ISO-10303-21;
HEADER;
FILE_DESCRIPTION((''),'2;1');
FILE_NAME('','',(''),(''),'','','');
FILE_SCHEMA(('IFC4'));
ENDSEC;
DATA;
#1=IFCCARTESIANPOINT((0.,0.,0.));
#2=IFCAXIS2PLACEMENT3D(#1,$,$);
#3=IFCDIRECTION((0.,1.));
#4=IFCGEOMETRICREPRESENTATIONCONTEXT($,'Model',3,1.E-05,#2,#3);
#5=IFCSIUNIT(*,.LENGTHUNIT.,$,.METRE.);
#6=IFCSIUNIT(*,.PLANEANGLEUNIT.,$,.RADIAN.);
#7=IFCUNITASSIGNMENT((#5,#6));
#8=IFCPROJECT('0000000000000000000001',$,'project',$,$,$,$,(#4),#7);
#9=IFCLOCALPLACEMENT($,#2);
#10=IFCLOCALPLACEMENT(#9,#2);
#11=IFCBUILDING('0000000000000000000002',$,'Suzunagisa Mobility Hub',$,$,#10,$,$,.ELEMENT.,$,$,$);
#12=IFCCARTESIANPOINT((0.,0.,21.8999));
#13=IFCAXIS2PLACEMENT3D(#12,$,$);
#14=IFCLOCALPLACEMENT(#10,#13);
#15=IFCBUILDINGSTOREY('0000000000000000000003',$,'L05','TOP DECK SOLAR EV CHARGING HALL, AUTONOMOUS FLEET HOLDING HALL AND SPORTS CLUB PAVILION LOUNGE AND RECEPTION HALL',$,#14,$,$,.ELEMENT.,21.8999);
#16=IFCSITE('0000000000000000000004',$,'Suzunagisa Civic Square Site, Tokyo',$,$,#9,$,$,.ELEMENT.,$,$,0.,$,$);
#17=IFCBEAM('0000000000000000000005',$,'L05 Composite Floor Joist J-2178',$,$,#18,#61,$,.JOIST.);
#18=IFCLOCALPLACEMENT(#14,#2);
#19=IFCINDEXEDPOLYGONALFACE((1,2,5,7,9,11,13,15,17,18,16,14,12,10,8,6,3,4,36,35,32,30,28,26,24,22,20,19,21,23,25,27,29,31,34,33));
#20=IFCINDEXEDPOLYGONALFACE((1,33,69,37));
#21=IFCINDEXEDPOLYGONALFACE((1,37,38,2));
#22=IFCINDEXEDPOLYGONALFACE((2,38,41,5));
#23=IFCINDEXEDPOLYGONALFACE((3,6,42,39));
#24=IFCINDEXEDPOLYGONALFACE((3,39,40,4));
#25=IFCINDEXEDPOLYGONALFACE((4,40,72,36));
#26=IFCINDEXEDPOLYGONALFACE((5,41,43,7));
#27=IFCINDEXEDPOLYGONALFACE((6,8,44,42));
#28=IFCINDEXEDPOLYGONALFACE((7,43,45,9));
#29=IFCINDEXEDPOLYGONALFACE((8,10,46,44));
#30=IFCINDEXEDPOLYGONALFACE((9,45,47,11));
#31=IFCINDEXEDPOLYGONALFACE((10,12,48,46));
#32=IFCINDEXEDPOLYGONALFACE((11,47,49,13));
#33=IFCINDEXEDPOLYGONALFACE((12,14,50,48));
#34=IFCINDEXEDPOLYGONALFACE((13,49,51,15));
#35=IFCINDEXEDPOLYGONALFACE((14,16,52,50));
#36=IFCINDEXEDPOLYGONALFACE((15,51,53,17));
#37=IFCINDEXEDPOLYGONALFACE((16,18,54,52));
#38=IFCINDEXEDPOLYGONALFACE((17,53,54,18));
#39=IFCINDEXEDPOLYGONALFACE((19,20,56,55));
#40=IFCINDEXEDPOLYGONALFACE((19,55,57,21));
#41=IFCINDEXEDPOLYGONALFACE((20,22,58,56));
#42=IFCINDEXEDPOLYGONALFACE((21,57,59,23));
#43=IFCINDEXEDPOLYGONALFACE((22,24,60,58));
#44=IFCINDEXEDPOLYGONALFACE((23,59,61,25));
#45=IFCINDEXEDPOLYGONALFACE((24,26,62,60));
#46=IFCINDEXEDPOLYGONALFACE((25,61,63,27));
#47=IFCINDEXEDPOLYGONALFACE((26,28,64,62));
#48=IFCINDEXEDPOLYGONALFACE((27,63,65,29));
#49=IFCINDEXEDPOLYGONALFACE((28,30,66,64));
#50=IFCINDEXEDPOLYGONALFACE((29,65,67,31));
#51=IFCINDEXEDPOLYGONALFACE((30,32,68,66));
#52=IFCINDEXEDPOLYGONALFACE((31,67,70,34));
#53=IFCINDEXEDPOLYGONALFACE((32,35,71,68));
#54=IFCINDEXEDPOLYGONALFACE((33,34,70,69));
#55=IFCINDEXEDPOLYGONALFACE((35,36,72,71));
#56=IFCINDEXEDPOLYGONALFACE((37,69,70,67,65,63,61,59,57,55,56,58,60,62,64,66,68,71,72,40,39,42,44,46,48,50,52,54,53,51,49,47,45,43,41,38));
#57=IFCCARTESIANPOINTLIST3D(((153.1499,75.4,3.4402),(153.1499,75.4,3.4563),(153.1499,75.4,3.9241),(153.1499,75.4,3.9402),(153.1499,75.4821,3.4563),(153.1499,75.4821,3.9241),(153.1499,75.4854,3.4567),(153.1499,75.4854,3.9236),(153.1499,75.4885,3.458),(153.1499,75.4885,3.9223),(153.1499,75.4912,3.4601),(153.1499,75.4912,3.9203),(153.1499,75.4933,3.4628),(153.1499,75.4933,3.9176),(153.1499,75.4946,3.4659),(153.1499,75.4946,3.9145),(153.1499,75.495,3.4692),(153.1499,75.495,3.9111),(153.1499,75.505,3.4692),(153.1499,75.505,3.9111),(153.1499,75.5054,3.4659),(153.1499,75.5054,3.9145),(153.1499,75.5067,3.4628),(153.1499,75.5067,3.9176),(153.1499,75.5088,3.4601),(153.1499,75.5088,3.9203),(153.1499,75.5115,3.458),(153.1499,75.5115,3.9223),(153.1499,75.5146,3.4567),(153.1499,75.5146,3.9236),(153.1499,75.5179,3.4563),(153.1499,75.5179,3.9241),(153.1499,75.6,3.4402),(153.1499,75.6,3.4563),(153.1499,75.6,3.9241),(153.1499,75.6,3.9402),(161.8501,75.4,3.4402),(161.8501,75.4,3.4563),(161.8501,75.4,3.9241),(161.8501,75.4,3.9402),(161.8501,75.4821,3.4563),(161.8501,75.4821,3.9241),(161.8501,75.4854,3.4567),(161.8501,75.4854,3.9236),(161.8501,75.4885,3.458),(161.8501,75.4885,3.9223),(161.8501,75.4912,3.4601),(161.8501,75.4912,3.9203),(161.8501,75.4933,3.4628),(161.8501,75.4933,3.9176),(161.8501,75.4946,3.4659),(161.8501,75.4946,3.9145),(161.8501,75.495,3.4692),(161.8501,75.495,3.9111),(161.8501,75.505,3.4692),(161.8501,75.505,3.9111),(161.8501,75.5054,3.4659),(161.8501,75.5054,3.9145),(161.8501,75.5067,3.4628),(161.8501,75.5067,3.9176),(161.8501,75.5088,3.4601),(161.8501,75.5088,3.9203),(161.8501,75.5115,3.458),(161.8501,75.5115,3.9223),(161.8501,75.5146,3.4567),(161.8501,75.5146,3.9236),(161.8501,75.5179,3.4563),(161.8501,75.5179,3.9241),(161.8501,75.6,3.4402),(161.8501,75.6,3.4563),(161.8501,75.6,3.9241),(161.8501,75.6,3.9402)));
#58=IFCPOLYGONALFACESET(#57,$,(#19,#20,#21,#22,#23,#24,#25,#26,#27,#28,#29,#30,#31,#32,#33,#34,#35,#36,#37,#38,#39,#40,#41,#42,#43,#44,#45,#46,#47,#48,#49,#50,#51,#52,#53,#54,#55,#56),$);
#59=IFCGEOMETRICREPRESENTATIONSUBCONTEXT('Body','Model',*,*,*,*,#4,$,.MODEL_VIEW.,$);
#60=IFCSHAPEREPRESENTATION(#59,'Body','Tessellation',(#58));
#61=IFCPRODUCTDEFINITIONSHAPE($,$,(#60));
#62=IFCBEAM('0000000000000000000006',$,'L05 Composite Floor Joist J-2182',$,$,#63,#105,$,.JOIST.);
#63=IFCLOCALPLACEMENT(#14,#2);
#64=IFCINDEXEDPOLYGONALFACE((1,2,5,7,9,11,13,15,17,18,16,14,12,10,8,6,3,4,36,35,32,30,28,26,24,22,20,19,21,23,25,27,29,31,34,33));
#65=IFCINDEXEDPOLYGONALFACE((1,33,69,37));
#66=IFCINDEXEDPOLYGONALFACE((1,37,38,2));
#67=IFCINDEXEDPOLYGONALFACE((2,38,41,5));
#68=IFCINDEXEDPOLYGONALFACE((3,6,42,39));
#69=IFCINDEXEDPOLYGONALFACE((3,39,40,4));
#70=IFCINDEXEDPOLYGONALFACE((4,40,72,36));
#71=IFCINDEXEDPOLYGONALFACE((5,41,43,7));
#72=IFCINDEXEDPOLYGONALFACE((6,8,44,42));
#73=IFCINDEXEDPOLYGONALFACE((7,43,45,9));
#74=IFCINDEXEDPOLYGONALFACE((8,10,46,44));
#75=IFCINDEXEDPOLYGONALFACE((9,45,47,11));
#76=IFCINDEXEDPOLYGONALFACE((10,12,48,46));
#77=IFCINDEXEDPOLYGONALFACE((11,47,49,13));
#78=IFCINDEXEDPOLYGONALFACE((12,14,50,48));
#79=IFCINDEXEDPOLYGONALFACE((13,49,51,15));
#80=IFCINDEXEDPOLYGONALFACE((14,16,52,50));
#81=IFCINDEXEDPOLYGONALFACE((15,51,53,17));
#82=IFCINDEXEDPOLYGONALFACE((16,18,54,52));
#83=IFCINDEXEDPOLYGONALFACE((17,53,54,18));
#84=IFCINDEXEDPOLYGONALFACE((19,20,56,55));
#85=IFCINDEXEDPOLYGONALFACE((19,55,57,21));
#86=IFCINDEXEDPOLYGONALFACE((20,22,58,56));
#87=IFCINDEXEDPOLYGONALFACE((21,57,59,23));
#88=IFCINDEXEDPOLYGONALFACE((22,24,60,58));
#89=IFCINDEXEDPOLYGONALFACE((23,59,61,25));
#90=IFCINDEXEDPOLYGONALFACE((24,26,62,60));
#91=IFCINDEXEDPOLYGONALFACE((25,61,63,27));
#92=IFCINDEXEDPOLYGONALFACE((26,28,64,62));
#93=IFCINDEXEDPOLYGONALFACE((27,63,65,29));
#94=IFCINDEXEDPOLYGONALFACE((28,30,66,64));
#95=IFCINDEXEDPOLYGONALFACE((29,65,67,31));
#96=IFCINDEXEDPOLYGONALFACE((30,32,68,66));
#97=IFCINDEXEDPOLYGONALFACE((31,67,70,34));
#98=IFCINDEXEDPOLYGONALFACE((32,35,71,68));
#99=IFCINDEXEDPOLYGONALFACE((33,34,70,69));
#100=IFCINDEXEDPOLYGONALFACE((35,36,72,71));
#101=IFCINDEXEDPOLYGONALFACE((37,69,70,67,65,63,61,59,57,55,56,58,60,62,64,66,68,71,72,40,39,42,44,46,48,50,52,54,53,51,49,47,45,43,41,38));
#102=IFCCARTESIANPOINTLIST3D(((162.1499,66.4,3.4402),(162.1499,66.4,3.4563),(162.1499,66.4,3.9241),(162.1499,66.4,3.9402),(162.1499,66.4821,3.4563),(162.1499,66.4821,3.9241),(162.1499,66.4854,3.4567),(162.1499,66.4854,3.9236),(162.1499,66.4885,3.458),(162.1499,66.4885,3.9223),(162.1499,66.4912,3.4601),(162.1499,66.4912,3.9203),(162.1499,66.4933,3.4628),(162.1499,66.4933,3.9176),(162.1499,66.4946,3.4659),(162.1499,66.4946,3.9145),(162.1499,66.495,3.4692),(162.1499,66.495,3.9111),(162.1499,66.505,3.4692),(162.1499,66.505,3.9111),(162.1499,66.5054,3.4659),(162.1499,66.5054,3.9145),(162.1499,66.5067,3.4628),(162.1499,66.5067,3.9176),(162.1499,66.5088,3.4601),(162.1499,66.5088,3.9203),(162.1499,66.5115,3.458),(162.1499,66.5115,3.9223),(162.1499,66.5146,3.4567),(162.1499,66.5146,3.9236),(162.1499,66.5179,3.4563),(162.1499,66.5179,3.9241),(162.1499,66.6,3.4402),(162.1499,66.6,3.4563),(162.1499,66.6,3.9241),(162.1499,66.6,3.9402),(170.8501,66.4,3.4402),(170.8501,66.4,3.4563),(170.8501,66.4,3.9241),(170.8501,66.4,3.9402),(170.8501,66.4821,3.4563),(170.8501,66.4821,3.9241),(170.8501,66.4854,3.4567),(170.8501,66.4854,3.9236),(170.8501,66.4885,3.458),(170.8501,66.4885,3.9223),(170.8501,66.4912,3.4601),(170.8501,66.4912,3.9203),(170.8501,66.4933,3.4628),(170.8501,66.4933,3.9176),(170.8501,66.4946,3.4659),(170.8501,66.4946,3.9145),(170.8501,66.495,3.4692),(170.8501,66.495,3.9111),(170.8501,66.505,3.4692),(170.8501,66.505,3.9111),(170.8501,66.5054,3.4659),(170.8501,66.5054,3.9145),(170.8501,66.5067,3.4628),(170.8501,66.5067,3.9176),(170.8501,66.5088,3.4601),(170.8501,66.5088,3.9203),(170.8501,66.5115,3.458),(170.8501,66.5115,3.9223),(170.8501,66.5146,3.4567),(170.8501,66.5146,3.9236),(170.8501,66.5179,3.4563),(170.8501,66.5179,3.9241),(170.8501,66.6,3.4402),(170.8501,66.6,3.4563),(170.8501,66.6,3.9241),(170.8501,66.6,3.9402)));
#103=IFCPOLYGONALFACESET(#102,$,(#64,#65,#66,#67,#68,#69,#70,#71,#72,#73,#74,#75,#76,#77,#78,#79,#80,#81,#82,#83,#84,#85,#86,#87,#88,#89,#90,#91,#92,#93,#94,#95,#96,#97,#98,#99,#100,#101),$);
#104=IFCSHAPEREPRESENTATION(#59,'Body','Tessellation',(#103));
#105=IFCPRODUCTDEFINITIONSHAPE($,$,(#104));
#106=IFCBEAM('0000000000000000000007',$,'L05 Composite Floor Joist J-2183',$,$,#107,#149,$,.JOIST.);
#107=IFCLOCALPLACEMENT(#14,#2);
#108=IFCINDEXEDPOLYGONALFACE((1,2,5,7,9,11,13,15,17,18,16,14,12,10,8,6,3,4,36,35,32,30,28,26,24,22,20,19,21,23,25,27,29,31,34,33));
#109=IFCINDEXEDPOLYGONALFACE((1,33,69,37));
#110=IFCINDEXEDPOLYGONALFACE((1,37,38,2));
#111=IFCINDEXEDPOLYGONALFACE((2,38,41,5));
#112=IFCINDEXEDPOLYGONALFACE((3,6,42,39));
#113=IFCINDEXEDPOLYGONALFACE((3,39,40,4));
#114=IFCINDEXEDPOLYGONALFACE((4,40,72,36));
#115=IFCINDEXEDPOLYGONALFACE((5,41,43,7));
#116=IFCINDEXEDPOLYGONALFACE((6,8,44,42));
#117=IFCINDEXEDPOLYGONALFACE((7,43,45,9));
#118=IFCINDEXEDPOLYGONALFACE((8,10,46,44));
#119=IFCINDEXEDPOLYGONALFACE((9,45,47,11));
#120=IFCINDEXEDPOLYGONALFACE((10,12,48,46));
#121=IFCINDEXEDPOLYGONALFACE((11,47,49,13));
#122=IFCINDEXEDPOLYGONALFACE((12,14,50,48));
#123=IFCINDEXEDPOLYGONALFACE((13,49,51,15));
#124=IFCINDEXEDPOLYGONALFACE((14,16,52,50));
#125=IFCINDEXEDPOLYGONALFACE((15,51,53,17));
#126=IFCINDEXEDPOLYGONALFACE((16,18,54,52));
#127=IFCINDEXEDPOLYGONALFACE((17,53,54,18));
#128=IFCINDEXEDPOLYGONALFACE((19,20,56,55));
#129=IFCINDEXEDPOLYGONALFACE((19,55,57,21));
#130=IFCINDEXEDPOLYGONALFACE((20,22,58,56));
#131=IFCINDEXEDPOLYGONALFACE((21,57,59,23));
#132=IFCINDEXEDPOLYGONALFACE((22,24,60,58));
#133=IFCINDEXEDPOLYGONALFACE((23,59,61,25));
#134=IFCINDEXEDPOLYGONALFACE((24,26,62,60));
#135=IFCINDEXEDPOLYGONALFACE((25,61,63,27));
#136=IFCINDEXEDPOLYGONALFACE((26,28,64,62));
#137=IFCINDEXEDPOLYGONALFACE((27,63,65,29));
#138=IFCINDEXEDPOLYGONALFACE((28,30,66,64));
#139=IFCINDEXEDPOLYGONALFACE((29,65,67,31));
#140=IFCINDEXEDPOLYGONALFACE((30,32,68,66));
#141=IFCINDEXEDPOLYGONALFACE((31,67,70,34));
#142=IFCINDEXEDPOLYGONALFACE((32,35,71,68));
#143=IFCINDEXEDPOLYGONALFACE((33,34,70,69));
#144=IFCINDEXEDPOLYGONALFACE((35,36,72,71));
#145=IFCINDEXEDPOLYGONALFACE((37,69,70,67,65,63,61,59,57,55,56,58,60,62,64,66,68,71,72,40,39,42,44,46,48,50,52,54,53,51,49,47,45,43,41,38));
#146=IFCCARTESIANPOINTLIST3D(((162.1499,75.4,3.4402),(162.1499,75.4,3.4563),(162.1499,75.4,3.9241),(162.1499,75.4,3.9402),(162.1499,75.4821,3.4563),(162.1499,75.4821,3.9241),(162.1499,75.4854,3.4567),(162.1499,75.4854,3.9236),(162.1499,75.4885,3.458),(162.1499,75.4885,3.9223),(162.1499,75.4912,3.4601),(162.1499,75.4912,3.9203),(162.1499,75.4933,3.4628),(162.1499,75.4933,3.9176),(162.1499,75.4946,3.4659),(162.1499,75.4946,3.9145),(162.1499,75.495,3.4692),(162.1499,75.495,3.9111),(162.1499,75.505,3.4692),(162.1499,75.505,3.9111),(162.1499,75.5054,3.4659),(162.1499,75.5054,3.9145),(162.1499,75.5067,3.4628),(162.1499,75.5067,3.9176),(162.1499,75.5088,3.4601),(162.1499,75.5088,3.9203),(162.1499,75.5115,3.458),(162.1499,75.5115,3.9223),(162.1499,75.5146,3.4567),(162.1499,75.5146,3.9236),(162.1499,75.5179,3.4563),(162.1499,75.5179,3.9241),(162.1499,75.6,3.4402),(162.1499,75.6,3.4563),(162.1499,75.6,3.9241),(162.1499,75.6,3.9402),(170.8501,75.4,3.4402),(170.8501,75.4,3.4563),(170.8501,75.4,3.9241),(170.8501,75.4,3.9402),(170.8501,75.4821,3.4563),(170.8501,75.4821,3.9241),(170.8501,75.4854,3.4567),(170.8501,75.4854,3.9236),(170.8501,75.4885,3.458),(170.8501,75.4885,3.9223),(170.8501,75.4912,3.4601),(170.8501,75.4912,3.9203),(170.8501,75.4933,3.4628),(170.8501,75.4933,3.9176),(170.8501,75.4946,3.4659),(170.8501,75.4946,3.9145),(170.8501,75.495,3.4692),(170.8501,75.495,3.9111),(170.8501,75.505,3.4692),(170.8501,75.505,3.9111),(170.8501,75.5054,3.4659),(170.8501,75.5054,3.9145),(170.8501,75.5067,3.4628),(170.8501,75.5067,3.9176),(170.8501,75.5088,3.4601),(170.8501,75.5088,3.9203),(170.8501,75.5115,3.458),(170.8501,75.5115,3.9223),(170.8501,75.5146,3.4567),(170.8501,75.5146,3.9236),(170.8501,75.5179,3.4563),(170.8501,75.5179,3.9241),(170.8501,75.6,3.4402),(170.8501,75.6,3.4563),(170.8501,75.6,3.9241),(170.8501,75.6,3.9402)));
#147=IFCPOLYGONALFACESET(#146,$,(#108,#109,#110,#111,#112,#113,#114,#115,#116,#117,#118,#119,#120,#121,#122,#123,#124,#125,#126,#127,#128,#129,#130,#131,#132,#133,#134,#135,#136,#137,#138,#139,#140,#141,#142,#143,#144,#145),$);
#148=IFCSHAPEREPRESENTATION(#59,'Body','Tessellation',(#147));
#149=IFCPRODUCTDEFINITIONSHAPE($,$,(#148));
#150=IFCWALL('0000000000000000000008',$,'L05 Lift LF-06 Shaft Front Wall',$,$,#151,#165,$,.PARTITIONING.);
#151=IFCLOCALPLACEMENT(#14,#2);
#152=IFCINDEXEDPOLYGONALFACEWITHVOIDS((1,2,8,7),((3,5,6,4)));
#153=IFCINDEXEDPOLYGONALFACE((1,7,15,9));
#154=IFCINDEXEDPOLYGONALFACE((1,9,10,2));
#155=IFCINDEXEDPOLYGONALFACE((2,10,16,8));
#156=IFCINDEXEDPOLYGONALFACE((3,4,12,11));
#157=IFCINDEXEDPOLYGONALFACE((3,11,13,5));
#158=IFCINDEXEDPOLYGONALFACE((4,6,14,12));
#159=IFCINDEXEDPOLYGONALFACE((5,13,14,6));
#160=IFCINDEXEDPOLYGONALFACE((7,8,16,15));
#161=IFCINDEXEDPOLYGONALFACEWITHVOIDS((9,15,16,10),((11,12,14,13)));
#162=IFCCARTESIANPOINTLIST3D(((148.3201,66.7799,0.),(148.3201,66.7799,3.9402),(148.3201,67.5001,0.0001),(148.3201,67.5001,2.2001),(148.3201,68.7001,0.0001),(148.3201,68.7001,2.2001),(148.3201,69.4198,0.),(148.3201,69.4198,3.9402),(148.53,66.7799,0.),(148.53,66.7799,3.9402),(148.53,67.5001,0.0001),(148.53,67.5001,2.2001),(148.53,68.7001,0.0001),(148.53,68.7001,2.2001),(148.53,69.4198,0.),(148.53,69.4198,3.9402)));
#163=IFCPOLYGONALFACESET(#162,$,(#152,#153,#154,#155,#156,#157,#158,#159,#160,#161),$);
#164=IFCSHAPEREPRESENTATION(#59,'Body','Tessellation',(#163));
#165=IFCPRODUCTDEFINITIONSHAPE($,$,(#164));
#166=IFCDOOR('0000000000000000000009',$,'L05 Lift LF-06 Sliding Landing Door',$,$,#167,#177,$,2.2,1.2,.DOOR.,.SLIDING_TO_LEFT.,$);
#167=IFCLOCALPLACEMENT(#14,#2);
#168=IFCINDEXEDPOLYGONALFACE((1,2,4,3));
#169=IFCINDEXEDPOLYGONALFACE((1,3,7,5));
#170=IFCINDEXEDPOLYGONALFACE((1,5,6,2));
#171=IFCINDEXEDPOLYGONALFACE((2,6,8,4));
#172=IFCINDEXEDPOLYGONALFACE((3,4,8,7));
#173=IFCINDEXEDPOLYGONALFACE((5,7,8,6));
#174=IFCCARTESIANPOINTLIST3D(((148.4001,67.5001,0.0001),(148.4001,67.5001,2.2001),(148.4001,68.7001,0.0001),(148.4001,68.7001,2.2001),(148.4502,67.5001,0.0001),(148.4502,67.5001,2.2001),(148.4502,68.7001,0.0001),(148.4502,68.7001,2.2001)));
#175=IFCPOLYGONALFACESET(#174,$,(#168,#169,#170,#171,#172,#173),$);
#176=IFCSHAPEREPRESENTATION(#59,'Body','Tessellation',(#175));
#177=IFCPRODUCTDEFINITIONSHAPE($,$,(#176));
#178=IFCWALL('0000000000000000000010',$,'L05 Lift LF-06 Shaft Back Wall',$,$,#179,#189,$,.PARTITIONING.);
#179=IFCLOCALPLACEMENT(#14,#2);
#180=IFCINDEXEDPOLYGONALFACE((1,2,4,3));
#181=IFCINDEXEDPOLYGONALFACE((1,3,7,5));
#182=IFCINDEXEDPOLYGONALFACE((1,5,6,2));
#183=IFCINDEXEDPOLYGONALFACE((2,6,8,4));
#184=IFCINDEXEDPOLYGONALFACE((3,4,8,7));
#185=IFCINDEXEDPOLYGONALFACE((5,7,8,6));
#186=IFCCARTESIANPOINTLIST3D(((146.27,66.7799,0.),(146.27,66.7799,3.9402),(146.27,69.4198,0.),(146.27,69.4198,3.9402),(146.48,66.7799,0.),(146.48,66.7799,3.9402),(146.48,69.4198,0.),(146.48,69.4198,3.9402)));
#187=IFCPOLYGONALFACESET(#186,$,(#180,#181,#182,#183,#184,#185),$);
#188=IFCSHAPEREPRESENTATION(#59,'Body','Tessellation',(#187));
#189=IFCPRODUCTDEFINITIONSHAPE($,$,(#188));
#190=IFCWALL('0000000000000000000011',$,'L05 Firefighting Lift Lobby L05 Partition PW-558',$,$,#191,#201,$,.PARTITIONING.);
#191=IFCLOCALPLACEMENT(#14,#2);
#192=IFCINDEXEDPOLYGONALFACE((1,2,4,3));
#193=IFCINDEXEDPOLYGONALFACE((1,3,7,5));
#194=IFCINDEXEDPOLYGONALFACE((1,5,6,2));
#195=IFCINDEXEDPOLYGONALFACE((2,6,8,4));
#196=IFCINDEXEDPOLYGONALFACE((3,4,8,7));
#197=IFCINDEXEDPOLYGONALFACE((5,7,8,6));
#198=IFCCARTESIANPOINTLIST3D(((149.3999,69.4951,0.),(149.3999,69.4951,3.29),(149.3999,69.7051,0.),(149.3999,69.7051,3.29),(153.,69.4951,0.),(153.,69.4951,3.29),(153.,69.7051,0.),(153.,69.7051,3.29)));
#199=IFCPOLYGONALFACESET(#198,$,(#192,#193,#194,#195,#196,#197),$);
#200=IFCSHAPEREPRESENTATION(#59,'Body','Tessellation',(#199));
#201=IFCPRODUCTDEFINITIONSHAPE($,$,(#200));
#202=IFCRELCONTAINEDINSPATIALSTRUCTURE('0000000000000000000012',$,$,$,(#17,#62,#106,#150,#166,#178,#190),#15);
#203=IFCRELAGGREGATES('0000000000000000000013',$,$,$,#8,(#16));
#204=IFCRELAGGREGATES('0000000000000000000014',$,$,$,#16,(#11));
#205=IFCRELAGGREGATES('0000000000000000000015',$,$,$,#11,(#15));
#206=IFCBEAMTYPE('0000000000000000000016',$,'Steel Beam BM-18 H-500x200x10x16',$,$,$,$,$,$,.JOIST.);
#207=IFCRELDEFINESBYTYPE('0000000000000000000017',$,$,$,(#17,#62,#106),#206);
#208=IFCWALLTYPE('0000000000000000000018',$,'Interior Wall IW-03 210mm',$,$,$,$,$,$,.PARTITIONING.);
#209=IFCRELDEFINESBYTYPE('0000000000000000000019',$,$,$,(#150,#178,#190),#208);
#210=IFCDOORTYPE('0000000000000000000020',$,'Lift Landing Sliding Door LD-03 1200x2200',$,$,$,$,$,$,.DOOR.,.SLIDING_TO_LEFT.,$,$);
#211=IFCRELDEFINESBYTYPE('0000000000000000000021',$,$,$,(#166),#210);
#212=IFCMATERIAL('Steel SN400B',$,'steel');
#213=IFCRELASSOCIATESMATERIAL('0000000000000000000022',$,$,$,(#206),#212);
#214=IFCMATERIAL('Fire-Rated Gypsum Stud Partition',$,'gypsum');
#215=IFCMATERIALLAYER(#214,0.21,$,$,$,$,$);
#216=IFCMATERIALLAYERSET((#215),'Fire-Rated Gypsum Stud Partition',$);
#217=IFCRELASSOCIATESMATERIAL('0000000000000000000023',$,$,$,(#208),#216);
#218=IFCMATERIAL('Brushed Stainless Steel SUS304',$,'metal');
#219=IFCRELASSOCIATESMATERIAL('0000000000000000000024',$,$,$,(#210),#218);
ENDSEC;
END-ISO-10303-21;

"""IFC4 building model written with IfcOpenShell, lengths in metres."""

from ifc_helpers import new_model, si_unit, direction, frame, frame_2d, origin, origin_2d, place, context, subcontext, project, spatial, rectangle, i_section, extrude, material, layer, layer_set, material_profile, profile_set, type_object, element, fill, save


model = new_model("IFC4")

# Units and contexts
model_context = context("Model", 3, precision=1e-05, world=origin(), true_north=direction((0.0, 1.0)))
body_context = subcontext(model_context, "Body", "Model", "MODEL_VIEW")
ifc_project = project(units=[si_unit("LENGTHUNIT", "METRE"), si_unit("PLANEANGLEUNIT", "RADIAN")], contexts=[model_context])

# Site, building, storey
site_placement = place(None, origin())
site = spatial("IfcSite", under=ifc_project, at=site_placement, Name="Suzunagisa Civic Square Site, Tokyo", CompositionType="ELEMENT", RefElevation=0.0)
building_placement = place(site_placement, origin())
building = spatial("IfcBuilding", under=site, at=building_placement, Name="Suzunagisa Mobility Hub", CompositionType="ELEMENT")
storey_placement = place(building_placement, frame((0.0, 0.0, 21.8999)))
storey = spatial("IfcBuildingStorey", under=building, at=storey_placement, Name="L05", Description="TOP DECK SOLAR EV CHARGING HALL, AUTONOMOUS FLEET HOLDING HALL AND SPORTS CLUB PAVILION LOUNGE AND RECEPTION HALL", CompositionType="ELEMENT", Elevation=21.8999)

# Beams
ifc_material_1 = material(Name="Steel SN400B", Category="steel")
ifc_material_profile_1 = material_profile(ifc_material_1, i_section(OverallWidth=0.2, OverallDepth=0.5, WebThickness=0.01, FlangeThickness=0.0161, FilletRadius=0.0129, at=origin_2d()), Name="H-500x200x10x16")
ifc_profile_set_1 = profile_set([ifc_material_profile_1], Name="Steel SN400B")
beam_type_1 = type_object("IfcBeamType", Name="Steel Beam BM-18 H-500x200x10x16", PredefinedType="JOIST", material=ifc_profile_set_1)
for number, where, z_axis, x_axis, name in (
    (1, (153.1499, 75.5, 3.6902), (1.0, 0.0, 0.0), (0.0, 1.0, 0.0), "L05 Composite Floor Joist J-2178"),
    (2, (162.1499, 66.5, 3.6902), (1.0, 0.0, 0.0), (0.0, 1.0, 0.0), "L05 Composite Floor Joist J-2182"),
    (3, (162.1499, 75.5, 3.6902), (1.0, 0.0, 0.0), (0.0, 1.0, 0.0), "L05 Composite Floor Joist J-2183"),
):
    element("IfcBeam", number, at=place(storey_placement, frame(where, z_axis=z_axis, x_axis=x_axis)), inside=storey, type_object=beam_type_1, Name=name, PredefinedType="JOIST", context=body_context, shape_type="SweptSolid", body=[
        extrude(i_section(OverallWidth=0.2, OverallDepth=0.5, WebThickness=0.01, FlangeThickness=0.0161, FilletRadius=0.0129, at=origin_2d()), origin(), (0.0, 0.0, 1.0), 8.7002),
    ])

# Wall, opening, door
ifc_material_2 = material(Name="Fire-Rated Gypsum Stud Partition", Category="gypsum")
ifc_layer_1 = layer(ifc_material_2, 0.21)
ifc_layer_set_1 = layer_set([ifc_layer_1], Name="Fire-Rated Gypsum Stud Partition")
wall_type_1 = type_object("IfcWallType", Name="Interior Wall IW-03 210mm", PredefinedType="PARTITIONING", material=ifc_layer_set_1)
wall_1_placement = place(storey_placement, frame((148.425, 66.78, 0.0), z_axis=(0.0, 0.0, 1.0), x_axis=(0.0, 1.0, 0.0)))
wall_1 = element("IfcWall", 4, at=wall_1_placement, inside=storey, type_object=wall_type_1, Name="L05 Lift LF-06 Shaft Front Wall", PredefinedType="PARTITIONING", context=body_context, shape_type="SweptSolid", body=[
    extrude(rectangle(XDim=2.6399, YDim=0.21, at=frame_2d((1.3198, 0.0))), origin(), (0.0, 0.0, 1.0), 3.9402),
])
opening_placement = place(wall_1_placement, frame((0.72, 0.0, 0.0)))
opening = element("IfcOpeningElement", 5, at=opening_placement, cuts=wall_1, PredefinedType="OPENING", context=body_context, shape_type="SweptSolid", body=[
    extrude(rectangle(XDim=1.2, YDim=2.2, at=frame_2d((0.6001, 1.1001))), frame((0.0, 0.116, 0.0), z_axis=(0.0, -1.0, 0.0), x_axis=(1.0, 0.0, 0.0)), (0.0, 0.0, 1.0), 0.2319),
])
ifc_material_3 = material(Name="Brushed Stainless Steel SUS304", Category="metal")
door_type = type_object("IfcDoorType", Name="Lift Landing Sliding Door LD-03 1200x2200", OperationType="SLIDING_TO_LEFT", PredefinedType="DOOR", material=ifc_material_3)
door_placement = place(opening_placement, origin())
door = element("IfcDoor", 6, at=door_placement, inside=storey, type_object=door_type, Name="L05 Lift LF-06 Sliding Landing Door", OperationType="SLIDING_TO_LEFT", OverallHeight=2.2, OverallWidth=1.2, PredefinedType="DOOR", context=body_context, shape_type="SweptSolid", body=[
    extrude(rectangle(XDim=1.2, YDim=2.2, at=frame_2d((0.6001, 1.1001))), frame((0.0, 0.0249, 0.0), z_axis=(0.0, -1.0, 0.0), x_axis=(1.0, 0.0, 0.0)), (0.0, 0.0, 1.0), 0.05),
])
fill(opening, door)

# Walls
wall_2_placement = place(storey_placement, frame((146.375, 66.78, 0.0), z_axis=(0.0, 0.0, 1.0), x_axis=(0.0, 1.0, 0.0)))
element("IfcWall", 7, at=wall_2_placement, inside=storey, type_object=wall_type_1, Name="L05 Lift LF-06 Shaft Back Wall", PredefinedType="PARTITIONING", context=body_context, shape_type="SweptSolid", body=[
    extrude(rectangle(XDim=2.6399, YDim=0.21, at=frame_2d((1.3198, 0.0))), origin(), (0.0, 0.0, 1.0), 3.9402),
])
wall_3_placement = place(storey_placement, frame((149.3999, 69.6001, 0.0), z_axis=(0.0, 0.0, 1.0), x_axis=(1.0, 0.0, 0.0)))
element("IfcWall", 8, at=wall_3_placement, inside=storey, type_object=wall_type_1, Name="L05 Firefighting Lift Lobby L05 Partition PW-558", PredefinedType="PARTITIONING", context=body_context, shape_type="SweptSolid", body=[
    extrude(rectangle(XDim=3.6001, YDim=0.21, at=frame_2d((1.8, 0.0))), origin(), (0.0, 0.0, 1.0), 3.29),
])

save(model, "model.ifc")
